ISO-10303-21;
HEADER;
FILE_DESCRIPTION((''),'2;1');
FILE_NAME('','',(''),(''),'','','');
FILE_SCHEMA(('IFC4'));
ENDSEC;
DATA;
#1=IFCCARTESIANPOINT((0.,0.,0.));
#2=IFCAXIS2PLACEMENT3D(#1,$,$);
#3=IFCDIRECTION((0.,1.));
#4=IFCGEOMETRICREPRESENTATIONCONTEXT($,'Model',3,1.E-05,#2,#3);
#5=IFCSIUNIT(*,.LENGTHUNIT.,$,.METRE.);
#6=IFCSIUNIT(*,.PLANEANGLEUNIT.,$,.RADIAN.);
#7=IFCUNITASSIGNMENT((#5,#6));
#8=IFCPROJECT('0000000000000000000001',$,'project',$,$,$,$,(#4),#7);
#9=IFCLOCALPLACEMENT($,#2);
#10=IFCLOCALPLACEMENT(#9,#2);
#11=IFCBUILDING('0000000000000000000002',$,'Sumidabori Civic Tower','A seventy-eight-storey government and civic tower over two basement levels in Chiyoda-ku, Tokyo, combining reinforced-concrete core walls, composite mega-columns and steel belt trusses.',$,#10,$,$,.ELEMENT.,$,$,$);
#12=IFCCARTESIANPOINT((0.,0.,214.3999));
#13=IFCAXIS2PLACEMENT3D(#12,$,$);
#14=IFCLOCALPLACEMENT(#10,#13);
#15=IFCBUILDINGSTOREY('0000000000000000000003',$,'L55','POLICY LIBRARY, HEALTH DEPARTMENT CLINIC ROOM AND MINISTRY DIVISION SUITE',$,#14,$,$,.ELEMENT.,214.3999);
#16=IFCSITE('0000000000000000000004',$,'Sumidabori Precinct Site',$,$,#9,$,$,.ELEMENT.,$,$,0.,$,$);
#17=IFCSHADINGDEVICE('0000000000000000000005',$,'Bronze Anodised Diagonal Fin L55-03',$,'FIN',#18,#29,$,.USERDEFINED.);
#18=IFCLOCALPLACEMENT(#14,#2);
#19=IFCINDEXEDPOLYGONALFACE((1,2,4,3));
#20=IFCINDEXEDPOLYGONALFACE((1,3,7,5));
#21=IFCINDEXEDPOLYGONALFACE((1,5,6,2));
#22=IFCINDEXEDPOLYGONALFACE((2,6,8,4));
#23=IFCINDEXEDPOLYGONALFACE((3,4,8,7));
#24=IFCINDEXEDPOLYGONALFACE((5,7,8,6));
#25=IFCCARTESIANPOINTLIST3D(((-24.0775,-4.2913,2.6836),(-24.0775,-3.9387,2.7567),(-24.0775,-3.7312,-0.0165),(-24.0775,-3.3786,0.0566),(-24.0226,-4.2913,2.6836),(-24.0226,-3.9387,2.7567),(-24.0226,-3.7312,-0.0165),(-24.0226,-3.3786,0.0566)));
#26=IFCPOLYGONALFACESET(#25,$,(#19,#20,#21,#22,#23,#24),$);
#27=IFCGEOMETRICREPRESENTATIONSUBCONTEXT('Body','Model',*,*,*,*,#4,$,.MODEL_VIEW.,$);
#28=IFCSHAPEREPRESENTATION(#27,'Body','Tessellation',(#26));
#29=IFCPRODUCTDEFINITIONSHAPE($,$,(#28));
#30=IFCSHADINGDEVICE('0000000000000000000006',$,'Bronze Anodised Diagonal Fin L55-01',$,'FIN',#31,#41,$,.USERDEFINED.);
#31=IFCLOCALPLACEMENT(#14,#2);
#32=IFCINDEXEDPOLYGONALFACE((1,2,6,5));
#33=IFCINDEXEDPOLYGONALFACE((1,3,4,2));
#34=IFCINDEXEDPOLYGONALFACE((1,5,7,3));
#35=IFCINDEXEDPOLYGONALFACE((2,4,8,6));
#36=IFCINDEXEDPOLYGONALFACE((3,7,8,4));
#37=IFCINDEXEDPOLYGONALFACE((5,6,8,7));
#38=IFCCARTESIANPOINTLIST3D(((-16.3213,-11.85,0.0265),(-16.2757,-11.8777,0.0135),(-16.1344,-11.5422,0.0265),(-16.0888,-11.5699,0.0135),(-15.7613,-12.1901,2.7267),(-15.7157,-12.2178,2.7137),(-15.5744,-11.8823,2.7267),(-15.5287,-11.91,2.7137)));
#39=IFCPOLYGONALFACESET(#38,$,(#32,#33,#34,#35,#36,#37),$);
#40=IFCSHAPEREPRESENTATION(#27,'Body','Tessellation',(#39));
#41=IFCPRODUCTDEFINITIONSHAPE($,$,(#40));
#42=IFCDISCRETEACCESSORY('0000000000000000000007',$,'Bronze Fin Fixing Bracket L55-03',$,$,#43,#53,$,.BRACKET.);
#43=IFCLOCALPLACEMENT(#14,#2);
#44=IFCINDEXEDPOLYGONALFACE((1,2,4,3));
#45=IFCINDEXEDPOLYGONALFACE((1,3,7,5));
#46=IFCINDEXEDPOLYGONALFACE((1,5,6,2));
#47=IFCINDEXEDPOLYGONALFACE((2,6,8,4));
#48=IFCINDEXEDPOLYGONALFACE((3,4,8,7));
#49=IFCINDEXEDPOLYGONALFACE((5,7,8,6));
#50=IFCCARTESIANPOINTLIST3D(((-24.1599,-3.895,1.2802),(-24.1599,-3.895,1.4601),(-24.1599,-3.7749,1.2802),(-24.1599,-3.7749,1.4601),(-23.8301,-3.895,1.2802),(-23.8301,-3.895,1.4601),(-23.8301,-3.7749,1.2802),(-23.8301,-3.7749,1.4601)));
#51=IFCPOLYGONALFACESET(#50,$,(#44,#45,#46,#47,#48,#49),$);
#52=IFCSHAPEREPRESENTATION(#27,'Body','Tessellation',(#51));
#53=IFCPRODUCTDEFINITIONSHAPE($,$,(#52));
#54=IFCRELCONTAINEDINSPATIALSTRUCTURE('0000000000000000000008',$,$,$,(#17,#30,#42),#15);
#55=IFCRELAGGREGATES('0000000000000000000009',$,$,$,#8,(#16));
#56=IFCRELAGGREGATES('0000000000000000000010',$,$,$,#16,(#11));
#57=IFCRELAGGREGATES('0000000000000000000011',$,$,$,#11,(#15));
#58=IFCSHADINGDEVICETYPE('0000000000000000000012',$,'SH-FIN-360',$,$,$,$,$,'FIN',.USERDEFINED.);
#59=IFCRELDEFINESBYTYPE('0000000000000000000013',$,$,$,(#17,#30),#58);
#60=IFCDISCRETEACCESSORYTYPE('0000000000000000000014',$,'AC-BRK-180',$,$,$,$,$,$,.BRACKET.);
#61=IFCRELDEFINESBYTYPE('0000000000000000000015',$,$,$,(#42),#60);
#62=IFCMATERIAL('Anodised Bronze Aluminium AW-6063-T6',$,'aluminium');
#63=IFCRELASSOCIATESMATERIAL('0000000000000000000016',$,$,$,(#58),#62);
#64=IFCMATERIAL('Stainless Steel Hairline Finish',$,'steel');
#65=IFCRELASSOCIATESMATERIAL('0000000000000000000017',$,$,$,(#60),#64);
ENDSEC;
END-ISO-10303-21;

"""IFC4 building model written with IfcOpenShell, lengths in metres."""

from ifc_helpers import new_model, si_unit, direction, frame, origin, origin_2d, place, context, subcontext, project, spatial, rectangle, extrude, source, transform, mapped, material, material_profile, profile_set, type_object, element, save


model = new_model("IFC4")

# Units and contexts
model_context = context("Model", 3, precision=1e-05, world=origin(), true_north=direction((0.0, 1.0)))
body_context = subcontext(model_context, "Body", "Model", "MODEL_VIEW")
ifc_project = project(units=[si_unit("LENGTHUNIT", "METRE"), si_unit("PLANEANGLEUNIT", "RADIAN")], contexts=[model_context])

# Site, building, storey
site_placement = place(None, origin())
site = spatial("IfcSite", under=ifc_project, at=site_placement, Name="Sumidabori Precinct Site", CompositionType="ELEMENT", RefElevation=0.0)
building_placement = place(site_placement, origin())
building = spatial("IfcBuilding", under=site, at=building_placement, Name="Sumidabori Civic Tower", Description="A seventy-eight-storey government and civic tower over two basement levels in Chiyoda-ku, Tokyo, combining reinforced-concrete core walls, composite mega-columns and steel belt trusses.", CompositionType="ELEMENT")
storey_placement = place(building_placement, frame((0.0, 0.0, 214.3999)))
storey = spatial("IfcBuildingStorey", under=building, at=storey_placement, Name="L55", Description="POLICY LIBRARY, HEALTH DEPARTMENT CLINIC ROOM AND MINISTRY DIVISION SUITE", CompositionType="ELEMENT", Elevation=214.3999)

# Shared definitions
ifc_material_1 = material(Name="Anodised Bronze Aluminium AW-6063-T6", Category="aluminium")

# Shading devices
ifc_material_profile_1 = material_profile(ifc_material_1, rectangle(XDim=0.0549, YDim=0.3601, at=origin_2d()), Name="BRONZE FIN 360x55")
ifc_profile_set_1 = profile_set([ifc_material_profile_1], Name="Anodised Bronze Aluminium AW-6063-T6")
shading_device_type = type_object("IfcShadingDeviceType", Name="SH-FIN-360", ElementType="FIN", PredefinedType="USERDEFINED", material=ifc_profile_set_1)
shared_shape_1 = source(origin(), body_context, "Body", "SweptSolid", [
    extrude(rectangle(XDim=0.0549, YDim=0.3601, at=origin_2d()), origin(), (0.0, 0.0, 1.0), 2.7576),
])
shading_device_1_placement = place(storey_placement, frame((-24.05, -3.5549, 0.02), z_axis=(0.0, -0.203092, 0.97916), x_axis=(-1.0, 0.0, 0.0)))
element("IfcShadingDevice", 1, at=shading_device_1_placement, inside=storey, type_object=shading_device_type, Name="Bronze Anodised Diagonal Fin L55-03", ObjectType="FIN", PredefinedType="USERDEFINED", context=body_context, shape_type="MappedRepresentation", body=[
    mapped(shared_shape_1, transform((0.0, 0.0, 0.0), x_axis=(1.0, 0.0, 0.0), y_axis=(0.0, 1.0, 0.0), z_axis=(0.0, 0.0, 1.0), scale=1.0)),
])
shared_shape_2 = source(origin(), body_context, "Body", "SweptSolid", [
    extrude(rectangle(XDim=0.0549, YDim=0.3601, at=origin_2d()), origin(), (0.0, 0.0, 1.0), 2.7786),
])
shading_device_2_placement = place(storey_placement, frame((-16.2051, -11.71, 0.02), z_axis=(0.201565, -0.122397, 0.971798), x_axis=(0.830646, -0.504398, -0.235816)))
element("IfcShadingDevice", 2, at=shading_device_2_placement, inside=storey, type_object=shading_device_type, Name="Bronze Anodised Diagonal Fin L55-01", ObjectType="FIN", PredefinedType="USERDEFINED", context=body_context, shape_type="MappedRepresentation", body=[
    mapped(shared_shape_2, transform((0.0, 0.0, 0.0), x_axis=(1.0, 0.0, 0.0), y_axis=(0.0, 1.0, 0.0), z_axis=(0.0, 0.0, 1.0), scale=1.0)),
])

# Discrete accessory
ifc_material_2 = material(Name="Stainless Steel Hairline Finish", Category="steel")
ifc_material_profile_2 = material_profile(ifc_material_2, rectangle(XDim=0.1201, YDim=0.1799, at=origin_2d()), Name="STEEL BRACKET 180x120")
ifc_profile_set_2 = profile_set([ifc_material_profile_2], Name="Stainless Steel Hairline Finish")
discrete_accessory_type = type_object("IfcDiscreteAccessoryType", Name="AC-BRK-180", PredefinedType="BRACKET", material=ifc_profile_set_2)
shared_shape_3 = source(origin(), body_context, "Body", "SweptSolid", [
    extrude(rectangle(XDim=0.1201, YDim=0.1799, at=origin_2d()), origin(), (0.0, 0.0, 1.0), 0.3298),
])
discrete_accessory_placement = place(storey_placement, frame((-23.8301, -3.835, 1.3701), z_axis=(-1.0, 0.0, 0.0), x_axis=(0.0, -1.0, 0.0)))
element("IfcDiscreteAccessory", 3, at=discrete_accessory_placement, inside=storey, type_object=discrete_accessory_type, Name="Bronze Fin Fixing Bracket L55-03", PredefinedType="BRACKET", context=body_context, shape_type="MappedRepresentation", body=[
    mapped(shared_shape_3, transform((0.0, 0.0, 0.0), x_axis=(1.0, 0.0, 0.0), y_axis=(0.0, 1.0, 0.0), z_axis=(0.0, 0.0, 1.0), scale=1.0)),
])

save(model, "model.ifc")
